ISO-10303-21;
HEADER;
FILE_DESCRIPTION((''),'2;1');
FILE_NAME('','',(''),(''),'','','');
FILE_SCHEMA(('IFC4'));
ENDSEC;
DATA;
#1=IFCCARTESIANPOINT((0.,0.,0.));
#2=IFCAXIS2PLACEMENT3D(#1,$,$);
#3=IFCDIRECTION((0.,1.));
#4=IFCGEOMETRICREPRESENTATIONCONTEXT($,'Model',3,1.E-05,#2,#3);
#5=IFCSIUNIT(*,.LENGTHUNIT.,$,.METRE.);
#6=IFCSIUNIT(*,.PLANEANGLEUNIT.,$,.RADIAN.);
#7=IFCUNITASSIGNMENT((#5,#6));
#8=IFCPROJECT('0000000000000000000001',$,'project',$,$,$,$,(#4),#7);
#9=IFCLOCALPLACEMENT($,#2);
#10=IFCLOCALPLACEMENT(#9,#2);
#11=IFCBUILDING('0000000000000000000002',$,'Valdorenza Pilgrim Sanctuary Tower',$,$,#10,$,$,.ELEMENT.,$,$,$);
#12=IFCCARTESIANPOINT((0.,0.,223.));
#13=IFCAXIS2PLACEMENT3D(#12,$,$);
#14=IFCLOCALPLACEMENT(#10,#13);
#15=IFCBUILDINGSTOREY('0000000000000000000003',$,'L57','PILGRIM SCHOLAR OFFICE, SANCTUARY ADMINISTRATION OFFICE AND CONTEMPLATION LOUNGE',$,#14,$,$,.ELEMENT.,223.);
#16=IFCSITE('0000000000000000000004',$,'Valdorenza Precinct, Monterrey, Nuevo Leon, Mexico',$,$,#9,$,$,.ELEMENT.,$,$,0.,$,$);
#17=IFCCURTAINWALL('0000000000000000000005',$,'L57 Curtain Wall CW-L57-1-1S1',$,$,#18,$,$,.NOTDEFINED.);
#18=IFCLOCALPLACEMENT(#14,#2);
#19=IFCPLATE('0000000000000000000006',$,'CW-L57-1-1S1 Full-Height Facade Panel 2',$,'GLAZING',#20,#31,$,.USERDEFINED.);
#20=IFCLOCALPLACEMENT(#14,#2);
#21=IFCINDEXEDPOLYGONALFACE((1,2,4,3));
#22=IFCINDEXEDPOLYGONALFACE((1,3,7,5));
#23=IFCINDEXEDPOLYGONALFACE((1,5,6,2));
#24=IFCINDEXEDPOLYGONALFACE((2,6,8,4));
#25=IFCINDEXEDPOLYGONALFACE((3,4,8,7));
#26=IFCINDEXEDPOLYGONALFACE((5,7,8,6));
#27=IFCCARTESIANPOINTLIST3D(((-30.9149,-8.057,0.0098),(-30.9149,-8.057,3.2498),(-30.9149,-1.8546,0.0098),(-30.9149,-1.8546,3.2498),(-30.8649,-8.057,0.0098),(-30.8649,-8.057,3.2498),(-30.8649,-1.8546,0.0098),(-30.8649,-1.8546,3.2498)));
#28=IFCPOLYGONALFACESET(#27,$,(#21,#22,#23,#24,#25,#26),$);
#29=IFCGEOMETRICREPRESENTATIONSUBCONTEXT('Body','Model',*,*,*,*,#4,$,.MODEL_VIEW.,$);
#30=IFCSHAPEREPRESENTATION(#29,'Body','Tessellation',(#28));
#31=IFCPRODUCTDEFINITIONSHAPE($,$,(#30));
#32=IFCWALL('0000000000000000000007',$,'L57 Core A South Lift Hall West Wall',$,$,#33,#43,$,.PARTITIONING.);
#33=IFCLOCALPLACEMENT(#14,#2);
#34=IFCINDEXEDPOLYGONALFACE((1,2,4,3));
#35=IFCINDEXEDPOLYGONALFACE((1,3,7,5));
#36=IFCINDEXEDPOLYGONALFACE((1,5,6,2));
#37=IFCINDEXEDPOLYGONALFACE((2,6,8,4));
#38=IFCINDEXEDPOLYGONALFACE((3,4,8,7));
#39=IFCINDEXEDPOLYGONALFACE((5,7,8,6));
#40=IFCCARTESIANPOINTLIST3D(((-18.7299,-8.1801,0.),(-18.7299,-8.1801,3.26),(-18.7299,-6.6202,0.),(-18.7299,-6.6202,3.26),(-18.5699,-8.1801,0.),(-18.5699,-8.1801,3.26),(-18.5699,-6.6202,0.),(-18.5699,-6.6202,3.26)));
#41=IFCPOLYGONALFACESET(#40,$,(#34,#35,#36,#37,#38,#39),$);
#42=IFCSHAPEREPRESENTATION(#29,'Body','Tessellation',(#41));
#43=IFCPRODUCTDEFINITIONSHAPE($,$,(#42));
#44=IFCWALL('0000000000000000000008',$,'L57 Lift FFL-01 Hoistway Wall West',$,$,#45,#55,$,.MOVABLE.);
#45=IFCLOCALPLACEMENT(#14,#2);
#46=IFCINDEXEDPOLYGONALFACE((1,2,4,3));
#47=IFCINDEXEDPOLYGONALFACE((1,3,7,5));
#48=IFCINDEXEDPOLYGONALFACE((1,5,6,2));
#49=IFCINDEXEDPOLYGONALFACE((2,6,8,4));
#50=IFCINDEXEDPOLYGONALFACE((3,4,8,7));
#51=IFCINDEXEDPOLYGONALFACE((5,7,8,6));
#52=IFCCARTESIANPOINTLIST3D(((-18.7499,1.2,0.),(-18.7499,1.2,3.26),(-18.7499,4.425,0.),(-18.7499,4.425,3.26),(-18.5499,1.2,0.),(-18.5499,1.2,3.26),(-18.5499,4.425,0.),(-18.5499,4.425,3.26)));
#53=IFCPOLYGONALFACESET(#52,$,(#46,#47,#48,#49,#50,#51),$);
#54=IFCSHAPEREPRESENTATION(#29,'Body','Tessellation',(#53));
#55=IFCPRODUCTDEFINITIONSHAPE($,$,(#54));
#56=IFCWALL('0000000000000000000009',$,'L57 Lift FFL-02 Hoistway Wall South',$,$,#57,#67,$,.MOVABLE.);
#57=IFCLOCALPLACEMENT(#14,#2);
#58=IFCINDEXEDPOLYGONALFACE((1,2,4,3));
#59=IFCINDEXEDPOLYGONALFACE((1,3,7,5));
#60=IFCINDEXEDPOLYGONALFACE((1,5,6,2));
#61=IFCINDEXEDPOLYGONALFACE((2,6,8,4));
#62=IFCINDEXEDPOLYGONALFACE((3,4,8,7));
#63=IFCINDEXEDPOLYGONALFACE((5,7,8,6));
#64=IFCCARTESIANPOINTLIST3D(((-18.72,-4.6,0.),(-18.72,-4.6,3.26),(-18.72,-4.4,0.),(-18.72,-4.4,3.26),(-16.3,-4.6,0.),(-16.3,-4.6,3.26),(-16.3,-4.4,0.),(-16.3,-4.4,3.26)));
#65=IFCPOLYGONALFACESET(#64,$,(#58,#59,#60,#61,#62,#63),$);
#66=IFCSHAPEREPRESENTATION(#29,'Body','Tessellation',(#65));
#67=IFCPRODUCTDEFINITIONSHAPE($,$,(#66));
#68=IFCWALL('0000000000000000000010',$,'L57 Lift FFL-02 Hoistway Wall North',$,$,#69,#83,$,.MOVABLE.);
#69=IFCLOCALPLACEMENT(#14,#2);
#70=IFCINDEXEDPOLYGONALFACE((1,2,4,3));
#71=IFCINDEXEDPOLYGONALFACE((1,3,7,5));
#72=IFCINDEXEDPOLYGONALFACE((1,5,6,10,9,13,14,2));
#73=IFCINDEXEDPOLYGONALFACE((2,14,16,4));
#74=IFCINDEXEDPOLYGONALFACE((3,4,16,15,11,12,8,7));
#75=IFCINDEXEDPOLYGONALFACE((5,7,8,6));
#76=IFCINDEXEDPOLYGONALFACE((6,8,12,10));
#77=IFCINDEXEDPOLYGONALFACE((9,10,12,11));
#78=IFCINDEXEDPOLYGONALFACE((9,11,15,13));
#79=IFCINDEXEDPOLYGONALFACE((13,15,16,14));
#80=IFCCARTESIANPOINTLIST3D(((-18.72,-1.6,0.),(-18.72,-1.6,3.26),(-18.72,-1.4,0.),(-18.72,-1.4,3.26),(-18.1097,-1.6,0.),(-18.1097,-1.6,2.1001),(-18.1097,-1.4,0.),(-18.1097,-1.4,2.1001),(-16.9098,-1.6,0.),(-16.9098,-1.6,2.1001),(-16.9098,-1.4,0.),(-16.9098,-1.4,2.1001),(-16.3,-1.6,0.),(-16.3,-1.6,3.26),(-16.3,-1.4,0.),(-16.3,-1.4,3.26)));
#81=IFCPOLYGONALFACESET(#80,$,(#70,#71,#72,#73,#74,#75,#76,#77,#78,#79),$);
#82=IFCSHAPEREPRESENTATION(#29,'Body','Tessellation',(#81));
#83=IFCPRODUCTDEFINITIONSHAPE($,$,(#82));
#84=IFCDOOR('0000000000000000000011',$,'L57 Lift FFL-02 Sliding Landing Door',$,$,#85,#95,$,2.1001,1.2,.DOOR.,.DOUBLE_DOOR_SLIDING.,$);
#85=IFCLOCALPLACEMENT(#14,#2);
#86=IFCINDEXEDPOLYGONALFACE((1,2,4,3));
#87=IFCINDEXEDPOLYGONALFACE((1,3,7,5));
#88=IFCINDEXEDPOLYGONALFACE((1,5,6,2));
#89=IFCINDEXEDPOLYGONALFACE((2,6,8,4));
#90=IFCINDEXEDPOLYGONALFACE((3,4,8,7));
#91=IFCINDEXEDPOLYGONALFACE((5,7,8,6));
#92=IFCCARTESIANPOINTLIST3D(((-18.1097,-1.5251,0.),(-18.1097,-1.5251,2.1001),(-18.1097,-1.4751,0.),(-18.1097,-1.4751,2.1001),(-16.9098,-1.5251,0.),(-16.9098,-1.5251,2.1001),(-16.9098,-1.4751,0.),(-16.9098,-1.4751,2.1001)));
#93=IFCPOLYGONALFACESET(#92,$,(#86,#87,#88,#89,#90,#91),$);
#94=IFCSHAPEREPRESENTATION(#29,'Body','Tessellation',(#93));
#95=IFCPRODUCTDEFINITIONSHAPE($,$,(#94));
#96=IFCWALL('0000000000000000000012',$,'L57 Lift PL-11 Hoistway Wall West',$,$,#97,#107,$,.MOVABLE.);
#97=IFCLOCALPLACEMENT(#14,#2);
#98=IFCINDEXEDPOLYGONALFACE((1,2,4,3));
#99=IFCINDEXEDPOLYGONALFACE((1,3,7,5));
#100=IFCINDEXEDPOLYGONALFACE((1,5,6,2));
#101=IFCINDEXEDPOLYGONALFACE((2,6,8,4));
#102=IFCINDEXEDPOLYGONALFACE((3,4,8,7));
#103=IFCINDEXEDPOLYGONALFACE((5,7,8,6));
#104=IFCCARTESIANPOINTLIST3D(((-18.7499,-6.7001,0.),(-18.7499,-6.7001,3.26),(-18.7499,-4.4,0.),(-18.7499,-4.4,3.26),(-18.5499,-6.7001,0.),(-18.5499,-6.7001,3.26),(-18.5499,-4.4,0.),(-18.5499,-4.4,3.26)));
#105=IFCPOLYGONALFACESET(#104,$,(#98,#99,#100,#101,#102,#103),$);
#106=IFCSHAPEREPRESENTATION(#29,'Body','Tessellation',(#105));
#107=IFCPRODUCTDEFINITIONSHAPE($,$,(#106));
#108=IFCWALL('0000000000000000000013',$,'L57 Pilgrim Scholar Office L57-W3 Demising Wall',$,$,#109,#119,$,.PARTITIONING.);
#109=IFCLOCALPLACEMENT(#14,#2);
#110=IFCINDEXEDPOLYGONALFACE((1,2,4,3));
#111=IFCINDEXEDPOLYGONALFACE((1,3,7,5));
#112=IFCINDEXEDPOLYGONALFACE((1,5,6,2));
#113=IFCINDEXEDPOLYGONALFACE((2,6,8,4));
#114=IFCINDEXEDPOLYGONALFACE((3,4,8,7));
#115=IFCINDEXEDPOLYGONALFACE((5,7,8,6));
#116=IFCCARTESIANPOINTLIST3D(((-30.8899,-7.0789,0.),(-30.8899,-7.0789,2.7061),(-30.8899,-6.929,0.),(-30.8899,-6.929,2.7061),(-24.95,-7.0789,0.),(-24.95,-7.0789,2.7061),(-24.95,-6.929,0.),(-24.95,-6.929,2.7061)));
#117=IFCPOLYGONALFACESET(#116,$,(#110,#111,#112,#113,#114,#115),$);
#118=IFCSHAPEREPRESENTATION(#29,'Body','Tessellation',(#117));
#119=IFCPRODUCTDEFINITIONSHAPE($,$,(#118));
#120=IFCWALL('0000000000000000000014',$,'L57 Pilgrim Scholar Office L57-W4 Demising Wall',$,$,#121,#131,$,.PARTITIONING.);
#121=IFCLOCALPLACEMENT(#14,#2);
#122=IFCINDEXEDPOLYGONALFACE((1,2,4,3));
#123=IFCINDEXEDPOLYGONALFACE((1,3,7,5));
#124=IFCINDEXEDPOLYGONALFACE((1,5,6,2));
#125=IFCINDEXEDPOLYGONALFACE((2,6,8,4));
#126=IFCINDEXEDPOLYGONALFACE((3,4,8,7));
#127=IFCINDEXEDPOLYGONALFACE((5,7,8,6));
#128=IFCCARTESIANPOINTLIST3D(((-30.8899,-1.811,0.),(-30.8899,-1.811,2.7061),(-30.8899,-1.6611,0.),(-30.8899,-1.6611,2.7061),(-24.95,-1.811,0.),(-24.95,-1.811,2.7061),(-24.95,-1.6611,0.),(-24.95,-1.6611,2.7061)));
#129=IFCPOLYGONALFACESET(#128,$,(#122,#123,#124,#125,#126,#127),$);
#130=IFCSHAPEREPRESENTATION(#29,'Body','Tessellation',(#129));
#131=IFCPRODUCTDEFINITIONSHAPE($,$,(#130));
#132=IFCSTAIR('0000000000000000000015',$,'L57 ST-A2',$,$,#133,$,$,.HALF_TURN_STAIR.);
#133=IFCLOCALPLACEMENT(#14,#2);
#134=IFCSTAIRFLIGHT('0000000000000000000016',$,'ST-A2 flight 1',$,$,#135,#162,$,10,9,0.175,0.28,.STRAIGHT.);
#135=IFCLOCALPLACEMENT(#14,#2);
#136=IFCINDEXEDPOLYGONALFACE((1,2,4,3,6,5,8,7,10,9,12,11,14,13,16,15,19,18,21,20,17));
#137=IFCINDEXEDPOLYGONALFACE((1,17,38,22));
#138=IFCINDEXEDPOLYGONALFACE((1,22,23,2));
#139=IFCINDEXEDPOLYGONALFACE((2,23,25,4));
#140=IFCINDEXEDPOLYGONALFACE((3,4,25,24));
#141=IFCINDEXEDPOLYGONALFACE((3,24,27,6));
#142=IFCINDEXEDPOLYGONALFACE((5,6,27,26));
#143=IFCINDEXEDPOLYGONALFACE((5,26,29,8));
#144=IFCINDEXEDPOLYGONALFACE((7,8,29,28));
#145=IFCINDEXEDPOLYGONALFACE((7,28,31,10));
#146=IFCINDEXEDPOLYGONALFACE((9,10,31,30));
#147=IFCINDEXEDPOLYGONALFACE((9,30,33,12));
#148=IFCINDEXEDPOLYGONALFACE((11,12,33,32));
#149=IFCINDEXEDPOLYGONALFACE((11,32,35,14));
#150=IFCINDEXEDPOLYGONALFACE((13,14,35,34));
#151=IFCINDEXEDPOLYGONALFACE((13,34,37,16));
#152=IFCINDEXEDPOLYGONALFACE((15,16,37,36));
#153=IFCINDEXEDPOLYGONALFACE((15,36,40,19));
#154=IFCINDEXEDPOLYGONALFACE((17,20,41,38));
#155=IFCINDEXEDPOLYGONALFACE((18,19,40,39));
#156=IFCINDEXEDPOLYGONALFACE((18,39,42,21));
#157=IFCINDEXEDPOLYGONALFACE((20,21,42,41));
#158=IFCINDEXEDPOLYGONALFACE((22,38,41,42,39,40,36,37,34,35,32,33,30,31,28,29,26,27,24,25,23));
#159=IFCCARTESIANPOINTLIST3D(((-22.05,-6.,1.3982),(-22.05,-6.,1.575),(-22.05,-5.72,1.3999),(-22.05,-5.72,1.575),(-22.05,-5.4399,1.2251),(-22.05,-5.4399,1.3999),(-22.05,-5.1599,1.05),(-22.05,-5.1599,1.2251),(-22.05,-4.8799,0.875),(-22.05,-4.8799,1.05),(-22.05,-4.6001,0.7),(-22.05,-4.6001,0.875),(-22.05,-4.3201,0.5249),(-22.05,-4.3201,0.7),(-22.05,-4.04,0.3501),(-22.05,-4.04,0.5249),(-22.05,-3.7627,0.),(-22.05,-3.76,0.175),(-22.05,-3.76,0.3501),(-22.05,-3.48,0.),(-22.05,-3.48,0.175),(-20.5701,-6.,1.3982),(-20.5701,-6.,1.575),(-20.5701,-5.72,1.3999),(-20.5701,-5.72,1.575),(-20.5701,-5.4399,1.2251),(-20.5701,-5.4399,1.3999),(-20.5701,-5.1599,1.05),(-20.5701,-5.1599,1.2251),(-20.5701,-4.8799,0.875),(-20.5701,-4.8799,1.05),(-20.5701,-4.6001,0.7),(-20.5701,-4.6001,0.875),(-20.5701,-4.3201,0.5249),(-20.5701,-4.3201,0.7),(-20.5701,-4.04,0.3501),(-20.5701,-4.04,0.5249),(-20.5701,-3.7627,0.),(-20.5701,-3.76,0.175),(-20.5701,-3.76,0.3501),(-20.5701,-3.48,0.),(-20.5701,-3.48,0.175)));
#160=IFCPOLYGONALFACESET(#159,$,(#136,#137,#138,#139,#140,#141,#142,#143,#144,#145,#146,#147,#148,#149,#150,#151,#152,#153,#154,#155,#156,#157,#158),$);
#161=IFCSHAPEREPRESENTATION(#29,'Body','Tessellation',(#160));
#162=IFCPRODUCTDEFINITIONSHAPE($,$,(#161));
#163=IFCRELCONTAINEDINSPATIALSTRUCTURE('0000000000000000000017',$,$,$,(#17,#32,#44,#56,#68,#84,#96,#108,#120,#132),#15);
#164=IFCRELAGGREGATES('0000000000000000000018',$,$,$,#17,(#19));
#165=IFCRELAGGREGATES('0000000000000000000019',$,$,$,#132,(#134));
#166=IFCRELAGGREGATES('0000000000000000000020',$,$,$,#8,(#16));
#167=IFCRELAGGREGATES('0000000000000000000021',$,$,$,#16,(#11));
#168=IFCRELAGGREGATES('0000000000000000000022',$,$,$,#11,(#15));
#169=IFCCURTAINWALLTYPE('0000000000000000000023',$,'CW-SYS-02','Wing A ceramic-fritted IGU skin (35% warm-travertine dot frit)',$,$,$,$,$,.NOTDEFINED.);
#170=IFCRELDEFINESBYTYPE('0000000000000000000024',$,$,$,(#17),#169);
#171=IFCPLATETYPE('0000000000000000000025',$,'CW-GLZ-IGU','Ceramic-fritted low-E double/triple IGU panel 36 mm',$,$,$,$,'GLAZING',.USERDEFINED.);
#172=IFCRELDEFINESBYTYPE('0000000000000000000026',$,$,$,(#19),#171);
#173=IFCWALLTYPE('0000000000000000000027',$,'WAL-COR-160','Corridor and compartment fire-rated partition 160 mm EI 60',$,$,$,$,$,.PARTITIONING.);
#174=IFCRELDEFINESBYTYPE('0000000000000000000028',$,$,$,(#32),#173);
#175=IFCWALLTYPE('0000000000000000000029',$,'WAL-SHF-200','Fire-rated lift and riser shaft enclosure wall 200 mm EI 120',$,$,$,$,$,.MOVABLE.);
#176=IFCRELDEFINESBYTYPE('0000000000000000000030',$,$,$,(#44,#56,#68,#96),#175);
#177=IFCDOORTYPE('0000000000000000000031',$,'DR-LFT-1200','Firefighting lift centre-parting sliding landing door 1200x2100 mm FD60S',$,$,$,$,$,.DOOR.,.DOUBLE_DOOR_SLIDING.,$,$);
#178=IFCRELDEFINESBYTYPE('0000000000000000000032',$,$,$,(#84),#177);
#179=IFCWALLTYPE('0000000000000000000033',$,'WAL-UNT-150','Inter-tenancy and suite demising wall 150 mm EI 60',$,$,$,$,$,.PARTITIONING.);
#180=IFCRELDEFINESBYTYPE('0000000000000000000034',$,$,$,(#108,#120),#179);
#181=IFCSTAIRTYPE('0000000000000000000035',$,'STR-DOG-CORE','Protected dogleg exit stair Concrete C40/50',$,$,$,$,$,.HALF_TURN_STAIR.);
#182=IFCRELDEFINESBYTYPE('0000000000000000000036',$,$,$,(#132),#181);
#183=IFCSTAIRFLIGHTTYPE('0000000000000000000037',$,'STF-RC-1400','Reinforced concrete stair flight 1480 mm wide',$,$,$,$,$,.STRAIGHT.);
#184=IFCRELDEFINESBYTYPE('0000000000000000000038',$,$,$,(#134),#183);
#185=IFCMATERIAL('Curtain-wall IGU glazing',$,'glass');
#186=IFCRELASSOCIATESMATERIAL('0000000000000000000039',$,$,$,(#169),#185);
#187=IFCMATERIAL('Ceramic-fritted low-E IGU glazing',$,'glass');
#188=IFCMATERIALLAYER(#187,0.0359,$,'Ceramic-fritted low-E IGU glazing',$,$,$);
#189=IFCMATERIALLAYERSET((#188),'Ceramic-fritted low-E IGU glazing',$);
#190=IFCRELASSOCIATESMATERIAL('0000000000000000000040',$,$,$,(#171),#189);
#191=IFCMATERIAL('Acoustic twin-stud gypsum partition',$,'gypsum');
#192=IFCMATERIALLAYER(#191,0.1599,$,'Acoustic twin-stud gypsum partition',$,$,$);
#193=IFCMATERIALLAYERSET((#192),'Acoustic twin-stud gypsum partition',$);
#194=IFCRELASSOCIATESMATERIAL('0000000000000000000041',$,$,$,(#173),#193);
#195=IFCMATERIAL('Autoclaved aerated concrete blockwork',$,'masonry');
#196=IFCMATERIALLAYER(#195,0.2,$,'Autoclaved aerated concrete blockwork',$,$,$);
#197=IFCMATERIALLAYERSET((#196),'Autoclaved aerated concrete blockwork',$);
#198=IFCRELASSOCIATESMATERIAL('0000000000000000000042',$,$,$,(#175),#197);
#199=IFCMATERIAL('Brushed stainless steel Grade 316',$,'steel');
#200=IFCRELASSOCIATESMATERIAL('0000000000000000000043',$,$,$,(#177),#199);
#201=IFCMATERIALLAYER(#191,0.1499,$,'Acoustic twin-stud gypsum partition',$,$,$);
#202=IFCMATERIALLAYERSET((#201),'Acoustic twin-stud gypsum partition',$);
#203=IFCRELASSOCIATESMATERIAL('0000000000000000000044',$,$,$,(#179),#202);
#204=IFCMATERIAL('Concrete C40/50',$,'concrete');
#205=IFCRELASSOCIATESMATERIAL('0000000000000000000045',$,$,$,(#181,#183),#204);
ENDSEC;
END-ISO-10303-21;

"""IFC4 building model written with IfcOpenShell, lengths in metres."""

from ifc_helpers import new_model, si_unit, direction, frame, frame_2d, origin, origin_2d, place, context, subcontext, project, spatial, polyline, rectangle, outline, extrude, source, transform, mapped, material, layer, layer_set, type_object, element, fill, aggregate, save


model = new_model("IFC4")

# Units and contexts
model_context = context("Model", 3, precision=1e-05, world=origin(), true_north=direction((0.0, 1.0)))
body_context = subcontext(model_context, "Body", "Model", "MODEL_VIEW")
ifc_project = project(units=[si_unit("LENGTHUNIT", "METRE"), si_unit("PLANEANGLEUNIT", "RADIAN")], contexts=[model_context])

# Site, building, storey
site_placement = place(None, origin())
site = spatial("IfcSite", under=ifc_project, at=site_placement, Name="Valdorenza Precinct, Monterrey, Nuevo Leon, Mexico", CompositionType="ELEMENT", RefElevation=0.0)
building_placement = place(site_placement, origin())
building = spatial("IfcBuilding", under=site, at=building_placement, Name="Valdorenza Pilgrim Sanctuary Tower", CompositionType="ELEMENT")
storey_placement = place(building_placement, frame((0.0, 0.0, 223.0)))
storey = spatial("IfcBuildingStorey", under=building, at=storey_placement, Name="L57", Description="PILGRIM SCHOLAR OFFICE, SANCTUARY ADMINISTRATION OFFICE AND CONTEMPLATION LOUNGE", CompositionType="ELEMENT", Elevation=223.0)

# Curtain wall, plate
ifc_material_1 = material(Name="Curtain-wall IGU glazing", Category="glass")
curtain_wall_type = type_object("IfcCurtainWallType", Name="CW-SYS-02", Description="Wing A ceramic-fritted IGU skin (35% warm-travertine dot frit)", PredefinedType="NOTDEFINED", material=ifc_material_1)
curtain_wall_placement = place(storey_placement, origin())
curtain_wall = element("IfcCurtainWall", 1, at=curtain_wall_placement, inside=storey, type_object=curtain_wall_type, Name="L57 Curtain Wall CW-L57-1-1S1", PredefinedType="NOTDEFINED")
ifc_material_2 = material(Name="Ceramic-fritted low-E IGU glazing", Category="glass")
ifc_layer_1 = layer(ifc_material_2, 0.0359, Name="Ceramic-fritted low-E IGU glazing")
ifc_layer_set_1 = layer_set([ifc_layer_1], Name="Ceramic-fritted low-E IGU glazing")
plate_type_1 = type_object("IfcPlateType", Name="CW-GLZ-IGU", Description="Ceramic-fritted low-E double/triple IGU panel 36 mm", ElementType="GLAZING", PredefinedType="USERDEFINED", material=ifc_layer_set_1)
shared_shape_1 = source(origin(), body_context, "Body", "SweptSolid", [
    extrude(rectangle(XDim=6.2024, YDim=0.05, at=origin_2d()), origin(), (0.0, 0.0, 1.0), 3.24),
])
plate_1_placement = place(storey_placement, frame((-30.8899, -4.9558, 0.0098), z_axis=(0.0, 0.0, 1.0), x_axis=(0.0, 1.0, 0.0)))
plate_1 = element("IfcPlate", 2, at=plate_1_placement, type_object=plate_type_1, Name="CW-L57-1-1S1 Full-Height Facade Panel 2", ObjectType="GLAZING", PredefinedType="USERDEFINED", context=body_context, shape_type="MappedRepresentation", body=[
    mapped(shared_shape_1, transform((0.0, 0.0, 0.0), x_axis=(1.0, 0.0, 0.0), y_axis=(0.0, 1.0, 0.0), z_axis=(0.0, 0.0, 1.0), scale=1.0)),
])
aggregate(curtain_wall, [plate_1])

# Walls
ifc_material_3 = material(Name="Acoustic twin-stud gypsum partition", Category="gypsum")
ifc_layer_2 = layer(ifc_material_3, 0.1599, Name="Acoustic twin-stud gypsum partition")
ifc_layer_set_2 = layer_set([ifc_layer_2], Name="Acoustic twin-stud gypsum partition")
wall_type_1 = type_object("IfcWallType", Name="WAL-COR-160", Description="Corridor and compartment fire-rated partition 160 mm EI 60", PredefinedType="PARTITIONING", material=ifc_layer_set_2)
wall_1_placement = place(storey_placement, frame((-18.6499, -8.1799, 0.0), z_axis=(0.0, 0.0, 1.0), x_axis=(0.0, 1.0, 0.0)))
element("IfcWall", 3, at=wall_1_placement, inside=storey, type_object=wall_type_1, Name="L57 Core A South Lift Hall West Wall", PredefinedType="PARTITIONING", context=body_context, shape_type="SweptSolid", body=[
    extrude(rectangle(XDim=1.5598, YDim=0.1599, at=frame_2d((0.7798, 0.0))), origin(), (0.0, 0.0, 1.0), 3.26),
])
ifc_material_4 = material(Name="Autoclaved aerated concrete blockwork", Category="masonry")
ifc_layer_3 = layer(ifc_material_4, 0.2, Name="Autoclaved aerated concrete blockwork")
ifc_layer_set_3 = layer_set([ifc_layer_3], Name="Autoclaved aerated concrete blockwork")
wall_type_2 = type_object("IfcWallType", Name="WAL-SHF-200", Description="Fire-rated lift and riser shaft enclosure wall 200 mm EI 120", PredefinedType="MOVABLE", material=ifc_layer_set_3)
wall_2_placement = place(storey_placement, frame((-18.6499, 1.2, 0.0), z_axis=(0.0, 0.0, 1.0), x_axis=(0.0, 1.0, 0.0)))
element("IfcWall", 4, at=wall_2_placement, inside=storey, type_object=wall_type_2, Name="L57 Lift FFL-01 Hoistway Wall West", PredefinedType="MOVABLE", context=body_context, shape_type="SweptSolid", body=[
    extrude(rectangle(XDim=3.2251, YDim=0.2, at=frame_2d((1.6125, 0.0))), origin(), (0.0, 0.0, 1.0), 3.26),
])
wall_3_placement = place(storey_placement, frame((-18.72, -4.5, 0.0), z_axis=(0.0, 0.0, 1.0), x_axis=(1.0, 0.0, 0.0)))
element("IfcWall", 5, at=wall_3_placement, inside=storey, type_object=wall_type_2, Name="L57 Lift FFL-02 Hoistway Wall South", PredefinedType="MOVABLE", context=body_context, shape_type="SweptSolid", body=[
    extrude(rectangle(XDim=2.4199, YDim=0.2, at=frame_2d((1.21, 0.0))), origin(), (0.0, 0.0, 1.0), 3.26),
])

# Wall, opening, door
wall_4_placement = place(storey_placement, frame((-18.72, -1.5, 0.0), z_axis=(0.0, 0.0, 1.0), x_axis=(1.0, 0.0, 0.0)))
wall_4 = element("IfcWall", 6, at=wall_4_placement, inside=storey, type_object=wall_type_2, Name="L57 Lift FFL-02 Hoistway Wall North", PredefinedType="MOVABLE", context=body_context, shape_type="SweptSolid", body=[
    extrude(rectangle(XDim=2.4199, YDim=0.2, at=frame_2d((1.21, 0.0))), origin(), (0.0, 0.0, 1.0), 3.26),
])
opening_1_placement = place(wall_4_placement, frame((0.6101, 0.0, 0.0)))
opening_1 = element("IfcOpeningElement", 7, at=opening_1_placement, cuts=wall_4, PredefinedType="OPENING", context=body_context, shape_type="SweptSolid", body=[
    extrude(rectangle(XDim=1.2, YDim=2.1001, at=frame_2d((0.6001, 1.05))), frame((0.0, 0.1147, 0.0), z_axis=(0.0, -1.0, 0.0), x_axis=(1.0, 0.0, 0.0)), (0.0, 0.0, 1.0), 0.2297),
])
ifc_material_5 = material(Name="Brushed stainless steel Grade 316", Category="steel")
door_type_1 = type_object("IfcDoorType", Name="DR-LFT-1200", Description="Firefighting lift centre-parting sliding landing door 1200x2100 mm FD60S", OperationType="DOUBLE_DOOR_SLIDING", PredefinedType="DOOR", material=ifc_material_5)
door_1_placement = place(opening_1_placement, origin())
door_1 = element("IfcDoor", 8, at=door_1_placement, inside=storey, type_object=door_type_1, Name="L57 Lift FFL-02 Sliding Landing Door", OperationType="DOUBLE_DOOR_SLIDING", OverallHeight=2.1001, OverallWidth=1.2, PredefinedType="DOOR", context=body_context, shape_type="SweptSolid", body=[
    extrude(rectangle(XDim=1.2, YDim=2.1001, at=frame_2d((0.6001, 1.05))), frame((0.0, 0.0249, 0.0), z_axis=(0.0, -1.0, 0.0), x_axis=(1.0, 0.0, 0.0)), (0.0, 0.0, 1.0), 0.05),
])
fill(opening_1, door_1)

# Wall
wall_5_placement = place(storey_placement, frame((-18.6499, -6.7, 0.0), z_axis=(0.0, 0.0, 1.0), x_axis=(0.0, 1.0, 0.0)))
element("IfcWall", 9, at=wall_5_placement, inside=storey, type_object=wall_type_2, Name="L57 Lift PL-11 Hoistway Wall West", PredefinedType="MOVABLE", context=body_context, shape_type="SweptSolid", body=[
    extrude(rectangle(XDim=2.3, YDim=0.2, at=frame_2d((1.1499, 0.0))), origin(), (0.0, 0.0, 1.0), 3.26),
])

# Shared definitions
ifc_material_6 = material(Name="Concrete C40/50", Category="concrete")

# Walls
ifc_layer_4 = layer(ifc_material_3, 0.1499, Name="Acoustic twin-stud gypsum partition")
ifc_layer_set_4 = layer_set([ifc_layer_4], Name="Acoustic twin-stud gypsum partition")
wall_type_3 = type_object("IfcWallType", Name="WAL-UNT-150", Description="Inter-tenancy and suite demising wall 150 mm EI 60", PredefinedType="PARTITIONING", material=ifc_layer_set_4)
for number, where, z_axis, x_axis, name in (
    (10, (-30.8899, -7.0039, 0.0), (0.0, 0.0, 1.0), (1.0, 0.0, 0.0), "L57 Pilgrim Scholar Office L57-W3 Demising Wall"),
    (11, (-30.8899, -1.7361, 0.0), (0.0, 0.0, 1.0), (1.0, 0.0, 0.0), "L57 Pilgrim Scholar Office L57-W4 Demising Wall"),
):
    element("IfcWall", number, at=place(storey_placement, frame(where, z_axis=z_axis, x_axis=x_axis)), inside=storey, type_object=wall_type_3, Name=name, PredefinedType="PARTITIONING", context=body_context, shape_type="SweptSolid", body=[
        extrude(rectangle(XDim=5.9399, YDim=0.1499, at=frame_2d((2.97, 0.0))), origin(), (0.0, 0.0, 1.0), 2.7061),
    ])

# Stair, stair flight
stair_type = type_object("IfcStairType", Name="STR-DOG-CORE", Description="Protected dogleg exit stair Concrete C40/50", PredefinedType="HALF_TURN_STAIR", material=ifc_material_6)
stair_placement = place(storey_placement, origin())
stair = element("IfcStair", 12, at=stair_placement, inside=storey, type_object=stair_type, Name="L57 ST-A2", PredefinedType="HALF_TURN_STAIR")
stair_flight_type = type_object("IfcStairFlightType", Name="STF-RC-1400", Description="Reinforced concrete stair flight 1480 mm wide", PredefinedType="STRAIGHT", material=ifc_material_6)
stair_flight_1_placement = place(storey_placement, frame((-21.3101, -3.48, 0.0), z_axis=(0.0, 0.0, 1.0), x_axis=(0.0, -1.0, 0.0)))
stair_flight_1 = element("IfcStairFlight", 13, at=stair_flight_1_placement, type_object=stair_flight_type, Name="ST-A2 flight 1", NumberOfRisers=10, NumberOfTreads=9, PredefinedType="STRAIGHT", RiserHeight=0.175, TreadLength=0.28, context=body_context, shape_type="SweptSolid", body=[
    extrude(outline(polyline([(0.0, 0.0), (0.0, 0.175), (0.28, 0.175), (0.28, 0.3501), (0.5601, 0.3501), (0.5601, 0.5249), (0.8401, 0.5249), (0.8401, 0.7), (1.1201, 0.7), (1.1201, 0.875), (1.3999, 0.875), (1.3999, 1.05), (1.6799, 1.05), (1.6799, 1.2251), (1.96, 1.2251), (1.96, 1.3999), (2.24, 1.3999), (2.24, 1.575), (2.52, 1.575), (2.52, 1.75), (2.52, 1.3982), (0.2827, 0.0), (0.0, 0.0)])), frame((0.0, 0.74, 0.0), z_axis=(0.0, -1.0, 0.0), x_axis=(1.0, 0.0, 0.0)), (0.0, 0.0, 1.0), 1.48),
])
aggregate(stair, [stair_flight_1])

save(model, "model.ifc")
